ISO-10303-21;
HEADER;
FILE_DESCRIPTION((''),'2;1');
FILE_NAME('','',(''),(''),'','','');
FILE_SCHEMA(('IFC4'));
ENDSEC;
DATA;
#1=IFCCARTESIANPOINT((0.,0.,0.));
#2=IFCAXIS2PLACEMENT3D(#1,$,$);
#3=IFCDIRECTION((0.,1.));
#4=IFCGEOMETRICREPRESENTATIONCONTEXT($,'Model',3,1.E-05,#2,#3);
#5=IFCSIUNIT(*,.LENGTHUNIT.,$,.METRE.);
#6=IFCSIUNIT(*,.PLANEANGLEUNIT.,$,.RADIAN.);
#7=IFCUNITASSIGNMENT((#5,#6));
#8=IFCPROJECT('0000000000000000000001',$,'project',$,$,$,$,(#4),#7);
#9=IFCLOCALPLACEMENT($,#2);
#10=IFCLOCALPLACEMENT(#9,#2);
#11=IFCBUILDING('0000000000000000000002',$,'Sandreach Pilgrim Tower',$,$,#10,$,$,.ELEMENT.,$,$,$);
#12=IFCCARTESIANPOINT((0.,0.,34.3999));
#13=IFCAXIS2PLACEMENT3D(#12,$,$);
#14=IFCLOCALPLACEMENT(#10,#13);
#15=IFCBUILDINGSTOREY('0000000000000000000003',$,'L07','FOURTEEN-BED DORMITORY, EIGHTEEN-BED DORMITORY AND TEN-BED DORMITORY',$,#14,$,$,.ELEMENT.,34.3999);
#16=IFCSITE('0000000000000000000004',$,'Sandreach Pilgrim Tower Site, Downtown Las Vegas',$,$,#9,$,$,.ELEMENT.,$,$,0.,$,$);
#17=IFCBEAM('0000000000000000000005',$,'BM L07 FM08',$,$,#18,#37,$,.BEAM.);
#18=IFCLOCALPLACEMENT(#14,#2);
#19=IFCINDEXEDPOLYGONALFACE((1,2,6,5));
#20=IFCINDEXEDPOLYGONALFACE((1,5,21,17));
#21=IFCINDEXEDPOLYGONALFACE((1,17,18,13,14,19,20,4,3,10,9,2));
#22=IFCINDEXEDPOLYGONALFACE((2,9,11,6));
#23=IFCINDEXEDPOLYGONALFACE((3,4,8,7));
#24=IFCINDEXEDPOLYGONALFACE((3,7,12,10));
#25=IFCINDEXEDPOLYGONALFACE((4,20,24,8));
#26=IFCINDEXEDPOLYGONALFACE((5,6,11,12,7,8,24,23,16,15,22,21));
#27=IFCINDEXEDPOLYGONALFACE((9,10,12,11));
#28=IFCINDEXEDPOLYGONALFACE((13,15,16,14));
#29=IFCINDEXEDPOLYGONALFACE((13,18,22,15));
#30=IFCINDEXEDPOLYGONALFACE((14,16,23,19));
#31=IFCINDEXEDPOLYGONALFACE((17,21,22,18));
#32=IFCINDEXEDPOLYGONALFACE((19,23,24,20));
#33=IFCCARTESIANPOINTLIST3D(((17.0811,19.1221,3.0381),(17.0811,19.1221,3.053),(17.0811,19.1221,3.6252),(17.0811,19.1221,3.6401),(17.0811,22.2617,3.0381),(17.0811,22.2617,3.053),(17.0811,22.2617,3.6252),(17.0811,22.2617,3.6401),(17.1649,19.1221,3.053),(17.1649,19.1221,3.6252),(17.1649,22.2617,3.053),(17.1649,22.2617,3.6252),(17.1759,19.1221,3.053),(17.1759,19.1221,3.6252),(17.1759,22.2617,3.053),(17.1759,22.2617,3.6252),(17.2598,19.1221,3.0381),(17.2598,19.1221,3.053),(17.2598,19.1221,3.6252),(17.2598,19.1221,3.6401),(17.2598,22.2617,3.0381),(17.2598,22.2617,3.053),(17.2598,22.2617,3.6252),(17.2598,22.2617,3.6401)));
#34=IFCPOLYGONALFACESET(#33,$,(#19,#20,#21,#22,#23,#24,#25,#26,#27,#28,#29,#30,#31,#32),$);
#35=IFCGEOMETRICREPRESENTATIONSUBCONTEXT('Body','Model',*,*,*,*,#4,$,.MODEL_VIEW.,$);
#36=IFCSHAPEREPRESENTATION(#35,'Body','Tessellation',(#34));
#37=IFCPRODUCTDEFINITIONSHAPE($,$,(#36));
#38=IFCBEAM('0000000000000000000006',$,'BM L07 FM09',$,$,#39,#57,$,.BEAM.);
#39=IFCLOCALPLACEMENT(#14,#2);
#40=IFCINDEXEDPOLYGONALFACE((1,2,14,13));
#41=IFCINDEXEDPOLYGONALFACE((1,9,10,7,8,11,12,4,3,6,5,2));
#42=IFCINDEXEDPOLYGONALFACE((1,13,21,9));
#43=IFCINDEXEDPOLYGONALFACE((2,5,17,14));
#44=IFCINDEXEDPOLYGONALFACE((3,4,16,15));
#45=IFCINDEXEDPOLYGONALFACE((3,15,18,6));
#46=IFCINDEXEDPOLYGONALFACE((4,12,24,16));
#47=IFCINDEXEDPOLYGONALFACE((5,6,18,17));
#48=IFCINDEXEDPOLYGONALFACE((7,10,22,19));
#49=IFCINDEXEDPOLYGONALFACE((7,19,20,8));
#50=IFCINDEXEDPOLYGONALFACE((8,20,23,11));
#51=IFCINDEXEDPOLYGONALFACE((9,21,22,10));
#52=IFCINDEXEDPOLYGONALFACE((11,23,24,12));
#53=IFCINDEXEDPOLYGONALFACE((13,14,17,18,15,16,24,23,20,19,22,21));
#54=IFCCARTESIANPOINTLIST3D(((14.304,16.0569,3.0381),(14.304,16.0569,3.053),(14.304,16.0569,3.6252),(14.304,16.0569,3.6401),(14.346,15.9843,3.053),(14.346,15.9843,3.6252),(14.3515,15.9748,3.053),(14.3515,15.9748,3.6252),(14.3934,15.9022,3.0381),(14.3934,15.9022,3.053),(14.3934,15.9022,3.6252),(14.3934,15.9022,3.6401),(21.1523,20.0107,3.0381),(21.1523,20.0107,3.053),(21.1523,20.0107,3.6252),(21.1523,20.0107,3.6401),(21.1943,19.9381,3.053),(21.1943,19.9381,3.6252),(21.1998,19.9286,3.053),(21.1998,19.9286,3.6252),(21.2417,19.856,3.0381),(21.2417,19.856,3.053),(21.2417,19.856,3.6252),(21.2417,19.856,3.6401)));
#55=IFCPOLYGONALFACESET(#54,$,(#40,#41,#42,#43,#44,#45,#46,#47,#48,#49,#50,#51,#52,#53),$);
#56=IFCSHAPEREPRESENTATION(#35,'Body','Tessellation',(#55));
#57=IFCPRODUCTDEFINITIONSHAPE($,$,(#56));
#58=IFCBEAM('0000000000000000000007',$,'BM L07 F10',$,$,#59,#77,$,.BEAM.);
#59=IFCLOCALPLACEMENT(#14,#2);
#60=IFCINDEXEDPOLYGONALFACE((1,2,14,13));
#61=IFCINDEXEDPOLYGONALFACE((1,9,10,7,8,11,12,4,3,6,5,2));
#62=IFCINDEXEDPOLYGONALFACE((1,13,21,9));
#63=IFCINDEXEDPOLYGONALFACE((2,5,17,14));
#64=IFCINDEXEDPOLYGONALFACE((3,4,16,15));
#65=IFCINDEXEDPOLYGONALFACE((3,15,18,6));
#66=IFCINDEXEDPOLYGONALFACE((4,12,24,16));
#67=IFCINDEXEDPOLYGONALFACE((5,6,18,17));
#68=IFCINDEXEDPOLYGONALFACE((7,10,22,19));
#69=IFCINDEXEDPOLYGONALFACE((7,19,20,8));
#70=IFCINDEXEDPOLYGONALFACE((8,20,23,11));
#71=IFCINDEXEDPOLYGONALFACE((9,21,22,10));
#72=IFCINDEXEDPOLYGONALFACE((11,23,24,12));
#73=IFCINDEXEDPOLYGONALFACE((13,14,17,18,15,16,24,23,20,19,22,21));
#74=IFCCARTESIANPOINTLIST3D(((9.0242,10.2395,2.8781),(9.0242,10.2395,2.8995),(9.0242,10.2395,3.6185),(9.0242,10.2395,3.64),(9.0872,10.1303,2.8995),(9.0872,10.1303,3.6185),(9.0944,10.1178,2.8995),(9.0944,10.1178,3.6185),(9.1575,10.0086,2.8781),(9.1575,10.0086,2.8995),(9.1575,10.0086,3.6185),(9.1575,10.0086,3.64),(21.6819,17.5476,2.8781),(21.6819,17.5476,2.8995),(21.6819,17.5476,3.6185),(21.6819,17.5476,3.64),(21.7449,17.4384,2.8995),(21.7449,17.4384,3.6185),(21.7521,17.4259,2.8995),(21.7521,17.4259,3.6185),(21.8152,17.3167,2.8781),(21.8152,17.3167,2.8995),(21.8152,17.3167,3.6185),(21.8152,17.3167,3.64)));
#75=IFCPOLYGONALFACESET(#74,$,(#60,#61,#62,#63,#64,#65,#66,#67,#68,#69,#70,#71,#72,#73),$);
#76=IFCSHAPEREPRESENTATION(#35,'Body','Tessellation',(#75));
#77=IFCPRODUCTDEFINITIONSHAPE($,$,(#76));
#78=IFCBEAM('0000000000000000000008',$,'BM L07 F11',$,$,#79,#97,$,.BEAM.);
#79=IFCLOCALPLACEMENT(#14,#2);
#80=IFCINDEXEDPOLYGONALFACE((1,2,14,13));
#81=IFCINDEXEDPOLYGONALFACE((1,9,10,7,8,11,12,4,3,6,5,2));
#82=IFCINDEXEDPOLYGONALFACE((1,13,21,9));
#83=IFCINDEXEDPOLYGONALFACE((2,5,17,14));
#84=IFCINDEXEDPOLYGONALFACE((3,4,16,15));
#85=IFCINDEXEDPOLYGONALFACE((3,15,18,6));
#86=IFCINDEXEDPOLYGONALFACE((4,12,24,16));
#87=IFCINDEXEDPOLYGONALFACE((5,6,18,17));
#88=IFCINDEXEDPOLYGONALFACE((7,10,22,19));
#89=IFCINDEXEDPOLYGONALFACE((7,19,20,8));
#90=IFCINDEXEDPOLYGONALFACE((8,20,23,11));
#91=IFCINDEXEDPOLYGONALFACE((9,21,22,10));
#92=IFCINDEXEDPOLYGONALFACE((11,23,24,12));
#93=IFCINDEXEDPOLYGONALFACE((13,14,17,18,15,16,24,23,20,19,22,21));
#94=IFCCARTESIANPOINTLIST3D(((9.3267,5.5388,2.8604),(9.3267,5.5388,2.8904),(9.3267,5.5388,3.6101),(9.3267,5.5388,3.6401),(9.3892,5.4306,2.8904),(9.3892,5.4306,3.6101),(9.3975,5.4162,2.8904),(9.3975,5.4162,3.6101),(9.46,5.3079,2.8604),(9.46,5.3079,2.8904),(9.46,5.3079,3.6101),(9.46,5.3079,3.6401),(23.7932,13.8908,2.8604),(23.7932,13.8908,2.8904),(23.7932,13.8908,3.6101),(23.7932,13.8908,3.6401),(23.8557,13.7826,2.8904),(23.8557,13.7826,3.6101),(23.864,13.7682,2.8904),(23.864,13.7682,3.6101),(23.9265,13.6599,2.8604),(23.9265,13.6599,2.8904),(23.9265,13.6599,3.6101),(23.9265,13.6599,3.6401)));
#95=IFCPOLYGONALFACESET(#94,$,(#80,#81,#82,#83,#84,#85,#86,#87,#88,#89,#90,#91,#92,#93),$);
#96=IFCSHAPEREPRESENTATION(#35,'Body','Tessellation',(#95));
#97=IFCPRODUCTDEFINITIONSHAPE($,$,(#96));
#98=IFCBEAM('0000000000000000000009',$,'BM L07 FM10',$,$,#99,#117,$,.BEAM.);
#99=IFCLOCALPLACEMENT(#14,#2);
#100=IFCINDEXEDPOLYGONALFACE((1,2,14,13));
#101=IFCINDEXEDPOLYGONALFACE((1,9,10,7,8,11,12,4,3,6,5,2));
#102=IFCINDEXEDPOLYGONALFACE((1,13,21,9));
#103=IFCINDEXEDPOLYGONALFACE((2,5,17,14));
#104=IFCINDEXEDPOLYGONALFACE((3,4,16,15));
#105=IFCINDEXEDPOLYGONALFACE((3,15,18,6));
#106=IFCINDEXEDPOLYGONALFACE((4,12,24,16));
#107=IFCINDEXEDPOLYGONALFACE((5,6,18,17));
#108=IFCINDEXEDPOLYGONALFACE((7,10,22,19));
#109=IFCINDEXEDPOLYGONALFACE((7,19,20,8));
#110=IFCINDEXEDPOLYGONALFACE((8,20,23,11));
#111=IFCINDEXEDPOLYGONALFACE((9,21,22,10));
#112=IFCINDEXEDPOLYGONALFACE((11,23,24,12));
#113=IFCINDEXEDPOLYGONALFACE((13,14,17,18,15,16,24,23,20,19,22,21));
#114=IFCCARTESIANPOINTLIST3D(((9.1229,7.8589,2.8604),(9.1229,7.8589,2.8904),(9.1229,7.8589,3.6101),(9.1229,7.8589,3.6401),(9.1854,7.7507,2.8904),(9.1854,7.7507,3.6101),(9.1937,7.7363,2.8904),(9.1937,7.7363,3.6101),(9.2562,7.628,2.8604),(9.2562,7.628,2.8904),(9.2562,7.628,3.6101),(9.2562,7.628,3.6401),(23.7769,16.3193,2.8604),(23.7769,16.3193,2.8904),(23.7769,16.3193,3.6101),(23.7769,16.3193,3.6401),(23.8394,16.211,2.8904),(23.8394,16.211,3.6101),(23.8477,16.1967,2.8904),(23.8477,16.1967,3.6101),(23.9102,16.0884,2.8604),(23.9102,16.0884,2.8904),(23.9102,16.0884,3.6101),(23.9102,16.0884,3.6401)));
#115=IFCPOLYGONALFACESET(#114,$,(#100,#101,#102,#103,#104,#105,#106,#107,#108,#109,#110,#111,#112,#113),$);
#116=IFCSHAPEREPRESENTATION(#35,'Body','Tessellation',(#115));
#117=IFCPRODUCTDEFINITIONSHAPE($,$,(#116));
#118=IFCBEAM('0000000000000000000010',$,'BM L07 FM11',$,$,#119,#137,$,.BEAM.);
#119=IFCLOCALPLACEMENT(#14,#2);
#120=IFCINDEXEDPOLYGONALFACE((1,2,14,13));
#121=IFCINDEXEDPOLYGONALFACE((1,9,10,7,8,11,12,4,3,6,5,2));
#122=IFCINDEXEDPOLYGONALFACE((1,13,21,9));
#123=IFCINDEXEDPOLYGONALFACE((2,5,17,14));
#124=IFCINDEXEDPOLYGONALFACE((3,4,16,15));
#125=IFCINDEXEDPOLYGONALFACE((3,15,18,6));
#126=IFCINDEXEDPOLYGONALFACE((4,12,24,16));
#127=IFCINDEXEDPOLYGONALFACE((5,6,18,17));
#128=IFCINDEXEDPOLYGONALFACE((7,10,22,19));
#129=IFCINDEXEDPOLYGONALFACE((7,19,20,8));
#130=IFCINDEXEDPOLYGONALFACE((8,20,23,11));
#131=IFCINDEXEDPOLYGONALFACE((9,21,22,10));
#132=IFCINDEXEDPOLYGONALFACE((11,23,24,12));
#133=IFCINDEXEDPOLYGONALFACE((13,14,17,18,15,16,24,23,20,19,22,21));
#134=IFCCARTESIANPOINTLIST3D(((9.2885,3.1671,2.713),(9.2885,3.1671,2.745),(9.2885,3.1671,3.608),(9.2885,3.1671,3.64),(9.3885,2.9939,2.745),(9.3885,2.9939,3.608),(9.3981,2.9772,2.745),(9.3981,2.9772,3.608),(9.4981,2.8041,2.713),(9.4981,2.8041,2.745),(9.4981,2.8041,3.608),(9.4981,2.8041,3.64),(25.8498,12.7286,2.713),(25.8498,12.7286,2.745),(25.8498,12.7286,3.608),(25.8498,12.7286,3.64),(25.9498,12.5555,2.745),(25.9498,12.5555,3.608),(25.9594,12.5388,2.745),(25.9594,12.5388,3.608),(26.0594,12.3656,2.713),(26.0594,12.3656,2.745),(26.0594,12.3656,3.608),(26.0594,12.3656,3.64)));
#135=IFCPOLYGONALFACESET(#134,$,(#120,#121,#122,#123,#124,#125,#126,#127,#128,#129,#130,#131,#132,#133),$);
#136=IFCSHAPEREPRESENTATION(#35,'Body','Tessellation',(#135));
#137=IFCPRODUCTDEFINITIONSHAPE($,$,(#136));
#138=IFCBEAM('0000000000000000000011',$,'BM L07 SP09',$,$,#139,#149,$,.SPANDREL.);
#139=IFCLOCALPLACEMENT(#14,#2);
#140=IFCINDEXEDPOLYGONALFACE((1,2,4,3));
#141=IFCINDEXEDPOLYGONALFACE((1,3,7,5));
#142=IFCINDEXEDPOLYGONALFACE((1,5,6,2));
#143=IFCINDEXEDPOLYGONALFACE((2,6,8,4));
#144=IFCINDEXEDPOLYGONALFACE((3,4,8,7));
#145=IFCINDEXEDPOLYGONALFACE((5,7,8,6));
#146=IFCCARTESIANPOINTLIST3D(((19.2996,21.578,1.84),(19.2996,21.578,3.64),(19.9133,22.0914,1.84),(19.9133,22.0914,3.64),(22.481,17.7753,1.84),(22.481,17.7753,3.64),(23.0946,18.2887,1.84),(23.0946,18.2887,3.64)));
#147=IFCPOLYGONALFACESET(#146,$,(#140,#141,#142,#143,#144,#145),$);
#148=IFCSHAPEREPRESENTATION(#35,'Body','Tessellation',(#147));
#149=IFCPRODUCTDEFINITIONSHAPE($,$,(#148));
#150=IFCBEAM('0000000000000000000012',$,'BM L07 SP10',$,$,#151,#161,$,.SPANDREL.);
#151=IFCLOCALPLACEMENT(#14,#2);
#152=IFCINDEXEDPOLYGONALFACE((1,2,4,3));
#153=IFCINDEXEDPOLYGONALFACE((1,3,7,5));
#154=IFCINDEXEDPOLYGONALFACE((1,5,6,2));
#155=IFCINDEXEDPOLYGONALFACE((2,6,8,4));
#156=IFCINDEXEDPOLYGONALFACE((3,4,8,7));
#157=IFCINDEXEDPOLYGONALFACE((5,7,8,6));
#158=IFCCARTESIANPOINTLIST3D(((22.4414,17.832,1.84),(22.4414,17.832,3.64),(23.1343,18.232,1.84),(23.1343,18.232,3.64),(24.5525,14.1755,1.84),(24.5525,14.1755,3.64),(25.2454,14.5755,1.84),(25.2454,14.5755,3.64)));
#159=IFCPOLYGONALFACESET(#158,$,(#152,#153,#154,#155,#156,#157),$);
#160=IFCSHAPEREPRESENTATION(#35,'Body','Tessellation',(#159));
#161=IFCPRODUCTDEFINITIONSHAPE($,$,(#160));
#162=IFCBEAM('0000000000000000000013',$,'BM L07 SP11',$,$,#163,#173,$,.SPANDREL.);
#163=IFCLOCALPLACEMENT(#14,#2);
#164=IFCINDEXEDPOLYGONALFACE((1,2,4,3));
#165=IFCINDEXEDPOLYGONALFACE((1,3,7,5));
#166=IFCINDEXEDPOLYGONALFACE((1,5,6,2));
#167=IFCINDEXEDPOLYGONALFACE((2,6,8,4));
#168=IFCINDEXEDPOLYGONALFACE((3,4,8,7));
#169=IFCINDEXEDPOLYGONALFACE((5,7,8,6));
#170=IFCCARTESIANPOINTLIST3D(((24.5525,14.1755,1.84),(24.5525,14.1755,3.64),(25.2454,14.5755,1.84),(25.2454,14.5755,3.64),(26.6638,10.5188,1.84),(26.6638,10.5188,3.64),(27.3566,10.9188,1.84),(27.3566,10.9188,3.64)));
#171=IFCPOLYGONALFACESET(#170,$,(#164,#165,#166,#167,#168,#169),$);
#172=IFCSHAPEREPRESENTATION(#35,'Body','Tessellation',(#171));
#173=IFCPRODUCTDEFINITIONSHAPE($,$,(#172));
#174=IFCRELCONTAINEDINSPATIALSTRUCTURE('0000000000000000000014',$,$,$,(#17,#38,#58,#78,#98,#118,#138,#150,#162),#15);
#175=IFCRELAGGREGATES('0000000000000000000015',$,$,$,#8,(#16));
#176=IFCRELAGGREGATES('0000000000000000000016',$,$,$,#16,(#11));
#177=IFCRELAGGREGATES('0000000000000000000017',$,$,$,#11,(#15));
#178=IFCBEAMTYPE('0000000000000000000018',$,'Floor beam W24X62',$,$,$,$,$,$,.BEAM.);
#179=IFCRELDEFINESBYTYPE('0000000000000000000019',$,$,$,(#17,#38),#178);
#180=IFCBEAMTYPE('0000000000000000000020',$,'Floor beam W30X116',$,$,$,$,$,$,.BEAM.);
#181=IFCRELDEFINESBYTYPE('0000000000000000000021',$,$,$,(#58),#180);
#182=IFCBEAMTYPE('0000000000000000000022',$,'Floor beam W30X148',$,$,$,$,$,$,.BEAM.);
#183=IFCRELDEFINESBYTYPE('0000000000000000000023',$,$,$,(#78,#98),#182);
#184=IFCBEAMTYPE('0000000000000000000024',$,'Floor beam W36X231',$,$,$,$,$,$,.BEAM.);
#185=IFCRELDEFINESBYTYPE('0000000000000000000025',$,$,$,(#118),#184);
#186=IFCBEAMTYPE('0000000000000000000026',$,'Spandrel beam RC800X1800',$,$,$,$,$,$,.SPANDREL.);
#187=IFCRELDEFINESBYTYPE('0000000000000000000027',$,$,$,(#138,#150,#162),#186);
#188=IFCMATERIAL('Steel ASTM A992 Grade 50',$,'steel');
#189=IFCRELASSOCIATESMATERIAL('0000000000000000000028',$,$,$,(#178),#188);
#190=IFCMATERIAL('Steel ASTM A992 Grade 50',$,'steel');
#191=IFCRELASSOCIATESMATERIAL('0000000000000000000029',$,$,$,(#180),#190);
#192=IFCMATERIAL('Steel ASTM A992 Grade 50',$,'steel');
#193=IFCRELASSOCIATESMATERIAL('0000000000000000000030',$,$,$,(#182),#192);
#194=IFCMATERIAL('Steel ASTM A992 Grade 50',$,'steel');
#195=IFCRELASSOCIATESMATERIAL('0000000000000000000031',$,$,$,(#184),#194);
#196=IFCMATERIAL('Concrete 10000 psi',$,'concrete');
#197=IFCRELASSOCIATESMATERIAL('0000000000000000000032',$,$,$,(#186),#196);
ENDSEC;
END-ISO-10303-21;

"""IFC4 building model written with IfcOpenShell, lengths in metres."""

from ifc_helpers import new_model, si_unit, direction, frame, origin, origin_2d, place, context, subcontext, project, spatial, rectangle, i_section, extrude, material, material_profile, profile_set, type_object, element, save


model = new_model("IFC4")

# Units and contexts
model_context = context("Model", 3, precision=1e-05, world=origin(), true_north=direction((0.0, 1.0)))
body_context = subcontext(model_context, "Body", "Model", "MODEL_VIEW")
ifc_project = project(units=[si_unit("LENGTHUNIT", "METRE"), si_unit("PLANEANGLEUNIT", "RADIAN")], contexts=[model_context])

# Site, building, storey
site_placement = place(None, origin())
site = spatial("IfcSite", under=ifc_project, at=site_placement, Name="Sandreach Pilgrim Tower Site, Downtown Las Vegas", CompositionType="ELEMENT", RefElevation=0.0)
building_placement = place(site_placement, origin())
building = spatial("IfcBuilding", under=site, at=building_placement, Name="Sandreach Pilgrim Tower", CompositionType="ELEMENT")
storey_placement = place(building_placement, frame((0.0, 0.0, 34.3999)))
storey = spatial("IfcBuildingStorey", under=building, at=storey_placement, Name="L07", Description="FOURTEEN-BED DORMITORY, EIGHTEEN-BED DORMITORY AND TEN-BED DORMITORY", CompositionType="ELEMENT", Elevation=34.3999)

# Beams
ifc_material_1 = material(Name="Steel ASTM A992 Grade 50", Category="steel")
ifc_material_profile_1 = material_profile(ifc_material_1, i_section(OverallWidth=0.1787, OverallDepth=0.6021, WebThickness=0.011, FlangeThickness=0.0149, at=origin_2d()), Name="W24X62")
ifc_profile_set_1 = profile_set([ifc_material_profile_1], Name="Steel ASTM A992 Grade 50")
beam_type_1 = type_object("IfcBeamType", Name="Floor beam W24X62", PredefinedType="BEAM", material=ifc_profile_set_1)
beam_1_placement = place(storey_placement, frame((17.1704, 22.2617, 3.3391), z_axis=(0.0, -1.0, 0.0), x_axis=(1.0, 0.0, 0.0)))
element("IfcBeam", 1, at=beam_1_placement, inside=storey, type_object=beam_type_1, Name="BM L07 FM08", PredefinedType="BEAM", context=body_context, shape_type="SweptSolid", body=[
    extrude(i_section(OverallWidth=0.1787, OverallDepth=0.6021, WebThickness=0.011, FlangeThickness=0.0149, at=origin_2d()), origin(), (0.0, 0.0, 1.0), 3.1396),
])
beam_2_placement = place(storey_placement, frame((21.197, 19.9333, 3.3391), z_axis=(-0.866029, -0.499994, 0.0), x_axis=(0.499994, -0.866029, 0.0)))
element("IfcBeam", 2, at=beam_2_placement, inside=storey, type_object=beam_type_1, Name="BM L07 FM09", PredefinedType="BEAM", context=body_context, shape_type="SweptSolid", body=[
    extrude(i_section(OverallWidth=0.1787, OverallDepth=0.6021, WebThickness=0.011, FlangeThickness=0.0149, at=origin_2d()), origin(), (0.0, 0.0, 1.0), 7.9077),
])
ifc_material_2 = material(Name="Steel ASTM A992 Grade 50", Category="steel")
ifc_material_profile_2 = material_profile(ifc_material_2, i_section(OverallWidth=0.2666, OverallDepth=0.762, WebThickness=0.0144, FlangeThickness=0.0215, at=origin_2d()), Name="W30X116")
ifc_profile_set_2 = profile_set([ifc_material_profile_2], Name="Steel ASTM A992 Grade 50")
beam_type_2 = type_object("IfcBeamType", Name="Floor beam W30X116", PredefinedType="BEAM", material=ifc_profile_set_2)
beam_3_placement = place(storey_placement, frame((21.7485, 17.4321, 3.259), z_axis=(-0.86602, -0.500009, 0.0), x_axis=(0.500009, -0.86602, 0.0)))
element("IfcBeam", 3, at=beam_3_placement, inside=storey, type_object=beam_type_2, Name="BM L07 F10", PredefinedType="BEAM", context=body_context, shape_type="SweptSolid", body=[
    extrude(i_section(OverallWidth=0.2666, OverallDepth=0.762, WebThickness=0.0144, FlangeThickness=0.0215, at=origin_2d()), origin(), (0.0, 0.0, 1.0), 14.616),
])
ifc_material_3 = material(Name="Steel ASTM A992 Grade 50", Category="steel")
ifc_material_profile_3 = material_profile(ifc_material_3, i_section(OverallWidth=0.2666, OverallDepth=0.7798, WebThickness=0.0166, FlangeThickness=0.03, at=origin_2d()), Name="W30X148")
ifc_profile_set_3 = profile_set([ifc_material_profile_3], Name="Steel ASTM A992 Grade 50")
beam_type_3 = type_object("IfcBeamType", Name="Floor beam W30X148", PredefinedType="BEAM", material=ifc_profile_set_3)
beam_4_placement = place(storey_placement, frame((23.8599, 13.7754, 3.2502), z_axis=(-0.866031, -0.49999, 0.0), x_axis=(0.49999, -0.866031, 0.0)))
element("IfcBeam", 4, at=beam_4_placement, inside=storey, type_object=beam_type_3, Name="BM L07 F11", PredefinedType="BEAM", context=body_context, shape_type="SweptSolid", body=[
    extrude(i_section(OverallWidth=0.2666, OverallDepth=0.7798, WebThickness=0.0166, FlangeThickness=0.03, at=origin_2d()), origin(), (0.0, 0.0, 1.0), 16.7043),
])
beam_5_placement = place(storey_placement, frame((23.8435, 16.2039, 3.2502), z_axis=(-0.866027, -0.499997, 0.0), x_axis=(0.499997, -0.866027, 0.0)))
element("IfcBeam", 5, at=beam_5_placement, inside=storey, type_object=beam_type_3, Name="BM L07 FM10", PredefinedType="BEAM", context=body_context, shape_type="SweptSolid", body=[
    extrude(i_section(OverallWidth=0.2666, OverallDepth=0.7798, WebThickness=0.0166, FlangeThickness=0.03, at=origin_2d()), origin(), (0.0, 0.0, 1.0), 16.9209),
])
ifc_material_4 = material(Name="Steel ASTM A992 Grade 50", Category="steel")
ifc_material_profile_4 = material_profile(ifc_material_4, i_section(OverallWidth=0.4192, OverallDepth=0.927, WebThickness=0.0193, FlangeThickness=0.032, at=origin_2d()), Name="W36X231")
ifc_profile_set_4 = profile_set([ifc_material_profile_4], Name="Steel ASTM A992 Grade 50")
beam_type_4 = type_object("IfcBeamType", Name="Floor beam W36X231", PredefinedType="BEAM", material=ifc_profile_set_4)
beam_6_placement = place(storey_placement, frame((25.9546, 12.5471, 3.1765), z_axis=(-0.866028, -0.499995, 0.0), x_axis=(0.499995, -0.866028, 0.0)))
element("IfcBeam", 6, at=beam_6_placement, inside=storey, type_object=beam_type_4, Name="BM L07 FM11", PredefinedType="BEAM", context=body_context, shape_type="SweptSolid", body=[
    extrude(i_section(OverallWidth=0.4192, OverallDepth=0.927, WebThickness=0.0193, FlangeThickness=0.032, at=origin_2d()), origin(), (0.0, 0.0, 1.0), 19.1233),
])
ifc_material_5 = material(Name="Concrete 10000 psi", Category="concrete")
ifc_material_profile_5 = material_profile(ifc_material_5, rectangle(XDim=0.8, YDim=1.8, at=origin_2d()), Name="RC800X1800")
ifc_profile_set_5 = profile_set([ifc_material_profile_5], Name="Concrete 10000 psi")
beam_type_5 = type_object("IfcBeamType", Name="Spandrel beam RC800X1800", PredefinedType="SPANDREL", material=ifc_profile_set_5)
beam_7_placement = place(storey_placement, frame((19.6064, 21.8347, 2.74), z_axis=(0.641665, -0.766985, 0.0), x_axis=(0.766985, 0.641665, 0.0)))
element("IfcBeam", 7, at=beam_7_placement, inside=storey, type_object=beam_type_5, Name="BM L07 SP09", PredefinedType="SPANDREL", context=body_context, shape_type="SweptSolid", body=[
    extrude(rectangle(XDim=0.8, YDim=1.8, at=origin_2d()), origin(), (0.0, 0.0, 1.0), 4.958),
])
beam_8_placement = place(storey_placement, frame((22.7878, 18.032, 2.74), z_axis=(0.500001, -0.866025, 0.0), x_axis=(0.866025, 0.500001, 0.0)))
element("IfcBeam", 8, at=beam_8_placement, inside=storey, type_object=beam_type_5, Name="BM L07 SP10", PredefinedType="SPANDREL", context=body_context, shape_type="SweptSolid", body=[
    extrude(rectangle(XDim=0.8, YDim=1.8, at=origin_2d()), origin(), (0.0, 0.0, 1.0), 4.2222),
])
beam_9_placement = place(storey_placement, frame((24.8989, 14.3755, 2.74), z_axis=(0.500019, -0.866014, 0.0), x_axis=(0.866014, 0.500019, 0.0)))
element("IfcBeam", 9, at=beam_9_placement, inside=storey, type_object=beam_type_5, Name="BM L07 SP11", PredefinedType="SPANDREL", context=body_context, shape_type="SweptSolid", body=[
    extrude(rectangle(XDim=0.8, YDim=1.8, at=origin_2d()), origin(), (0.0, 0.0, 1.0), 4.2224),
])

save(model, "model.ifc")
